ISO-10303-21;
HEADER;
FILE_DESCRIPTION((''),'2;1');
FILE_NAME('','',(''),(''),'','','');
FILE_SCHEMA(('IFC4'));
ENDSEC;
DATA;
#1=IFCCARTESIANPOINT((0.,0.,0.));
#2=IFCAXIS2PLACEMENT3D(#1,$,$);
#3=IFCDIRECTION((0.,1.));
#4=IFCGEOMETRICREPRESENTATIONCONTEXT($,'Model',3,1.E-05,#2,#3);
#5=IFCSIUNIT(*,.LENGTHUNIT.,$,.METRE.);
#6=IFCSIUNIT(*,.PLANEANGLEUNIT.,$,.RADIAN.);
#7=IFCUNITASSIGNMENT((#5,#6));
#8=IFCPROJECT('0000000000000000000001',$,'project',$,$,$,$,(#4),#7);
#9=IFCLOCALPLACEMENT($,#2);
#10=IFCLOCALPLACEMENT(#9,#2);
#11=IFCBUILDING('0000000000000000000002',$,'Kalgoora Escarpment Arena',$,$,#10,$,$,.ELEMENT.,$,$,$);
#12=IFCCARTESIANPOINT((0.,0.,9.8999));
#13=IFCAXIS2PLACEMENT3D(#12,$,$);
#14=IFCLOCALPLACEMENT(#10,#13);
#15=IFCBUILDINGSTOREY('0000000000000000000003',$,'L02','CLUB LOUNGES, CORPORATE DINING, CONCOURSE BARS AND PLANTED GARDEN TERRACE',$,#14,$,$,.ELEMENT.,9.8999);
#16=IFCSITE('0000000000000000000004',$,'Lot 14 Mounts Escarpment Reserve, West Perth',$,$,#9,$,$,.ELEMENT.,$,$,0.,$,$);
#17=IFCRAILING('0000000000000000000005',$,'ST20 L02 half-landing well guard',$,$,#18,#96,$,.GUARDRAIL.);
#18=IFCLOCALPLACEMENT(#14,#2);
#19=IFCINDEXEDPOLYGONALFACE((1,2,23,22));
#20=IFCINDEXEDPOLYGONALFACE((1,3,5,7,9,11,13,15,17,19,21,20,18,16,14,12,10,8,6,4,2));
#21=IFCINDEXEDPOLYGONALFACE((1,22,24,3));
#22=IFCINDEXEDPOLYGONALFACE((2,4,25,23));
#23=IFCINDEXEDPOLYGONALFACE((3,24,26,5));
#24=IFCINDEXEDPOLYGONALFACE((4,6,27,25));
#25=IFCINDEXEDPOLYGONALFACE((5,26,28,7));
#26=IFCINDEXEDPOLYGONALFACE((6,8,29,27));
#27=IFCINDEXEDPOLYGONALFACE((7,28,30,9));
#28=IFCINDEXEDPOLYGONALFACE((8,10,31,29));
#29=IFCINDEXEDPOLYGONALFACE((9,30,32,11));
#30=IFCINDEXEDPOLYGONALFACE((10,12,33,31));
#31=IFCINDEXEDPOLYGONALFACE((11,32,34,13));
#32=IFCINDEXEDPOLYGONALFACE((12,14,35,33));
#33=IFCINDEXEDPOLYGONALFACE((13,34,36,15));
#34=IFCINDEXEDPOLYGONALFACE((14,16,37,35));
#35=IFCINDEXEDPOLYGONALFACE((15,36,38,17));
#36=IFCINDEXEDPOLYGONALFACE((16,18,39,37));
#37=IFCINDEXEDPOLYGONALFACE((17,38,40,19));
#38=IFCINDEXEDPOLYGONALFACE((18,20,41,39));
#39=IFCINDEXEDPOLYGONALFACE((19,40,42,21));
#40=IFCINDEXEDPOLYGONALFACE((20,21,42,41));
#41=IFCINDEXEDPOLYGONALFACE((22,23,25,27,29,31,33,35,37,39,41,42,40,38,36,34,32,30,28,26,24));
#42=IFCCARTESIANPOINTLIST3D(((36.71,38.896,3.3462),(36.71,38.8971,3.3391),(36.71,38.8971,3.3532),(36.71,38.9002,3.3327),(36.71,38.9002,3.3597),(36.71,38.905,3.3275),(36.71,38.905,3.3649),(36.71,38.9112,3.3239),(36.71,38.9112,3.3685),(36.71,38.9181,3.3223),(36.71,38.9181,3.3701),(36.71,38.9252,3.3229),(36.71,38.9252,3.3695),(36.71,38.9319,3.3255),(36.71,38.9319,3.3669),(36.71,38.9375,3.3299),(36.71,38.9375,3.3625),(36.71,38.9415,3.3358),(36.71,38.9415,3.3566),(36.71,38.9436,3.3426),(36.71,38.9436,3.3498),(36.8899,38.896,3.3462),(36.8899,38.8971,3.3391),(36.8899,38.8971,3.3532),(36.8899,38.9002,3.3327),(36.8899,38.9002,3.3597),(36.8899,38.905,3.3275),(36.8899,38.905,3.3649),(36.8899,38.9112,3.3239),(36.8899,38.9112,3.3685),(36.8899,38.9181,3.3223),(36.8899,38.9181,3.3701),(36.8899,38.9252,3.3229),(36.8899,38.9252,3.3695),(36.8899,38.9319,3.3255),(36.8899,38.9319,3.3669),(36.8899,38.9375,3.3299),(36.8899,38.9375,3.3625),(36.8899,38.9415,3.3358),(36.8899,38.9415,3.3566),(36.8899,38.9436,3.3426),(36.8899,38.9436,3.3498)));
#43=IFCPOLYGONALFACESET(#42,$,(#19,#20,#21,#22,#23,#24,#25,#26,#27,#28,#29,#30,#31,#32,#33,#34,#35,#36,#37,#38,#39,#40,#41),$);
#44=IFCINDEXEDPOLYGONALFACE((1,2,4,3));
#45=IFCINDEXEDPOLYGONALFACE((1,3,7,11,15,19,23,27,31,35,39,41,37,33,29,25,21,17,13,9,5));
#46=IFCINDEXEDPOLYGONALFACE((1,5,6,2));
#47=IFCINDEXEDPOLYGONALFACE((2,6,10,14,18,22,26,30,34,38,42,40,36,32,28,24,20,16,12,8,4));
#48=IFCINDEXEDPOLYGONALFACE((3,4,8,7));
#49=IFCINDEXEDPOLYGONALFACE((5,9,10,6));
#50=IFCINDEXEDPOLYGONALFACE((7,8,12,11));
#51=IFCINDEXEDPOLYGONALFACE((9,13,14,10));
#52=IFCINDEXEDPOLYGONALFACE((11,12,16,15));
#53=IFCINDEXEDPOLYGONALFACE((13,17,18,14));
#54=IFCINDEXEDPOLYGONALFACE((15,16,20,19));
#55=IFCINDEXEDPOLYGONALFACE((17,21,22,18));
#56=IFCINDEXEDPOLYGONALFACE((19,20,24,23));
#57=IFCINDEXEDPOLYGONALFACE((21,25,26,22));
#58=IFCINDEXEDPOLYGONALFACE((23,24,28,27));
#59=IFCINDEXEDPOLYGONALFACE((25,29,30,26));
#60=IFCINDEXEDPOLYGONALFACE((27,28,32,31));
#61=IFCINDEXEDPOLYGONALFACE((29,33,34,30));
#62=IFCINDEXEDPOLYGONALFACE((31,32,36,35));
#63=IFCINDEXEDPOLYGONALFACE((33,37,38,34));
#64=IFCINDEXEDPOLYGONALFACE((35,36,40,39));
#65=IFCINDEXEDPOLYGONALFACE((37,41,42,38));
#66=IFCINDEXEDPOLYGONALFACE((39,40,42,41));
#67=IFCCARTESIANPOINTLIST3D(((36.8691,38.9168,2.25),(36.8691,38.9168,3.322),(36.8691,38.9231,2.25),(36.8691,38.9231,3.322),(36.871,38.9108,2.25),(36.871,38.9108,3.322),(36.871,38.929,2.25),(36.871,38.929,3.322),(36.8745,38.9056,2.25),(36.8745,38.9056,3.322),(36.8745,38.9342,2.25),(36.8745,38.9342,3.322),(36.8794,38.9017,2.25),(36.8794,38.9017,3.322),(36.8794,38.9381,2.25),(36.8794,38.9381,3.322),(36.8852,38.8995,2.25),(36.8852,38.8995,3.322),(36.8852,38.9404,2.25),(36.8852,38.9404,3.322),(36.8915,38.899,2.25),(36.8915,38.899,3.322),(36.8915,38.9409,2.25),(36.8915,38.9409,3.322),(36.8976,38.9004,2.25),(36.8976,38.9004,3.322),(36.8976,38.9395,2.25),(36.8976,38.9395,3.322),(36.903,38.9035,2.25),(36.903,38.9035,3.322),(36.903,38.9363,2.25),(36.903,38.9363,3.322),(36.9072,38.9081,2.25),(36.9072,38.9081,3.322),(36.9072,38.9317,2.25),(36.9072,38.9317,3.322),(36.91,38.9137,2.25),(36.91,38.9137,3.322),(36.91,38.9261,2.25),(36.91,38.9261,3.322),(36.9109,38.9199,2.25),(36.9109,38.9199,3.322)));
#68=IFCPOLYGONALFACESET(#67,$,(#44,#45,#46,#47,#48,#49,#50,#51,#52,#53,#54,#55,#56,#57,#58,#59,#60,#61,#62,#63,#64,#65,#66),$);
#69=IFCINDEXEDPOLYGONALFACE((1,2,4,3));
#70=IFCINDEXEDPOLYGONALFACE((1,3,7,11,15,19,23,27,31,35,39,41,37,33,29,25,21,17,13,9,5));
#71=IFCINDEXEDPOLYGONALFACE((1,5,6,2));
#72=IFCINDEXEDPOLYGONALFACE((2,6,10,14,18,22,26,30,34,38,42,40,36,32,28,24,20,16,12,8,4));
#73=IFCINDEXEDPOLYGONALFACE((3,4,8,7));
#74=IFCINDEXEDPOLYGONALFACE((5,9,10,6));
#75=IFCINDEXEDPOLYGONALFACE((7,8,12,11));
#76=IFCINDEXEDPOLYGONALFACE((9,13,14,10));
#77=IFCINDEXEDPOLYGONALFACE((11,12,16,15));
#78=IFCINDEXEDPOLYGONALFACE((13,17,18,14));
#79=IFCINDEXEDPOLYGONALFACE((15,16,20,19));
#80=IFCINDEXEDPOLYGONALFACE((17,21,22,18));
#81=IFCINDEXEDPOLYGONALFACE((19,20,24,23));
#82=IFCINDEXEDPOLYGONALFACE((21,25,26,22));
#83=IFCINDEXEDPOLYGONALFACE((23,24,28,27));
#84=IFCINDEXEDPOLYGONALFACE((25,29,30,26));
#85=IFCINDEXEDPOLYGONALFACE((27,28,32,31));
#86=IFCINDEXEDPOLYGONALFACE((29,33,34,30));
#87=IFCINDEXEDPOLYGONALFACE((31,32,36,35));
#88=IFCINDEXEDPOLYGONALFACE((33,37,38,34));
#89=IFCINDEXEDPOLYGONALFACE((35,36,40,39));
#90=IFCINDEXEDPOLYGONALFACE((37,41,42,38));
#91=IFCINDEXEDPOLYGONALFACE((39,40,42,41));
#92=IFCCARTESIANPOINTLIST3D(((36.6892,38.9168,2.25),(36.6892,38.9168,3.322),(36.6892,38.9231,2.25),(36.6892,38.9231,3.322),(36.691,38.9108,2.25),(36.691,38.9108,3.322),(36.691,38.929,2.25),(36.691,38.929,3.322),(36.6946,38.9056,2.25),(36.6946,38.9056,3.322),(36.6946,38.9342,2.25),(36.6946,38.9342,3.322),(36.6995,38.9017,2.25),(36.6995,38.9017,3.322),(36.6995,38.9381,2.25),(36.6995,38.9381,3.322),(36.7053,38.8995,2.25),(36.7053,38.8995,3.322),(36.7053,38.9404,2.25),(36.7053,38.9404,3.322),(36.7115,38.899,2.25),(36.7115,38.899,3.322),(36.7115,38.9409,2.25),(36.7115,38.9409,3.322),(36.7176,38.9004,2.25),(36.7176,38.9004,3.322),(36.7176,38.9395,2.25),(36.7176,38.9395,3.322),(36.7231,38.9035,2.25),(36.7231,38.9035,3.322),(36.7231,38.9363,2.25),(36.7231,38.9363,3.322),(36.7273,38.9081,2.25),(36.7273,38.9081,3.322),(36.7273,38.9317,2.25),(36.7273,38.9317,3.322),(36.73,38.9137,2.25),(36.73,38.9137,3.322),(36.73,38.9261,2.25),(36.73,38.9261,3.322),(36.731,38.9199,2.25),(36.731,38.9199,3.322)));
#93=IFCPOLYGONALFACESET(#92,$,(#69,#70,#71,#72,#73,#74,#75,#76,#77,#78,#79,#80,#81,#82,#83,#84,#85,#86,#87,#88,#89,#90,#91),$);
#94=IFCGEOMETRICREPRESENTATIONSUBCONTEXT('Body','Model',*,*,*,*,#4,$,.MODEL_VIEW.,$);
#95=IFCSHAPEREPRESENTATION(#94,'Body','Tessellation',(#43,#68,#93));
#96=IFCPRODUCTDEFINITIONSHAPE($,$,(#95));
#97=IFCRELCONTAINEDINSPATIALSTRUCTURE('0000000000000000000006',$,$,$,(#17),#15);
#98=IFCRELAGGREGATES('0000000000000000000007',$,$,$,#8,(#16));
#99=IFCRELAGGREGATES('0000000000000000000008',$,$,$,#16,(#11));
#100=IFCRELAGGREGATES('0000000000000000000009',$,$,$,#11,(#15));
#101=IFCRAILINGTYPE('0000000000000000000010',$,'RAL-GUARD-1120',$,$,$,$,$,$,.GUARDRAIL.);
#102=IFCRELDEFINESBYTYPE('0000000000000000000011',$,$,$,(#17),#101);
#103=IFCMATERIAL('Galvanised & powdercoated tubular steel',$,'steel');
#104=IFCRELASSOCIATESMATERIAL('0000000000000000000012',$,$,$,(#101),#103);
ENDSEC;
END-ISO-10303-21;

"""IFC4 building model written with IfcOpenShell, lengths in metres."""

from ifc_helpers import new_model, si_unit, direction, frame, origin, origin_2d, place, context, subcontext, project, spatial, circle, extrude, material, type_object, element, save


model = new_model("IFC4")

# Units and contexts
model_context = context("Model", 3, precision=1e-05, world=origin(), true_north=direction((0.0, 1.0)))
body_context = subcontext(model_context, "Body", "Model", "MODEL_VIEW")
ifc_project = project(units=[si_unit("LENGTHUNIT", "METRE"), si_unit("PLANEANGLEUNIT", "RADIAN")], contexts=[model_context])

# Site, building, storey
site_placement = place(None, origin())
site = spatial("IfcSite", under=ifc_project, at=site_placement, Name="Lot 14 Mounts Escarpment Reserve, West Perth", CompositionType="ELEMENT", RefElevation=0.0)
building_placement = place(site_placement, origin())
building = spatial("IfcBuilding", under=site, at=building_placement, Name="Kalgoora Escarpment Arena", CompositionType="ELEMENT")
storey_placement = place(building_placement, frame((0.0, 0.0, 9.8999)))
storey = spatial("IfcBuildingStorey", under=building, at=storey_placement, Name="L02", Description="CLUB LOUNGES, CORPORATE DINING, CONCOURSE BARS AND PLANTED GARDEN TERRACE", CompositionType="ELEMENT", Elevation=9.8999)

# Railing
ifc_material_1 = material(Name="Galvanised & powdercoated tubular steel", Category="steel")
railing_type_1 = type_object("IfcRailingType", Name="RAL-GUARD-1120", PredefinedType="GUARDRAIL", material=ifc_material_1)
railing_placement = place(storey_placement, frame((36.8899, 38.9199, 2.25)))
element("IfcRailing", 1, at=railing_placement, inside=storey, type_object=railing_type_1, Name="ST20 L02 half-landing well guard", PredefinedType="GUARDRAIL", context=body_context, shape_type="SweptSolid", body=[
    extrude(circle(Radius=0.0239, at=origin_2d()), frame((0.0, 0.0, 1.0962), z_axis=(-1.0, 0.0, 0.0), x_axis=(0.0, -1.0, 0.0)), (0.0, 0.0, 1.0), 0.1799),
    extrude(circle(Radius=0.021, at=origin_2d()), origin(), (0.0, 0.0, 1.0), 1.072),
    extrude(circle(Radius=0.021, at=origin_2d()), frame((-0.1799, 0.0, 0.0)), (0.0, 0.0, 1.0), 1.072),
])

save(model, "model.ifc")
